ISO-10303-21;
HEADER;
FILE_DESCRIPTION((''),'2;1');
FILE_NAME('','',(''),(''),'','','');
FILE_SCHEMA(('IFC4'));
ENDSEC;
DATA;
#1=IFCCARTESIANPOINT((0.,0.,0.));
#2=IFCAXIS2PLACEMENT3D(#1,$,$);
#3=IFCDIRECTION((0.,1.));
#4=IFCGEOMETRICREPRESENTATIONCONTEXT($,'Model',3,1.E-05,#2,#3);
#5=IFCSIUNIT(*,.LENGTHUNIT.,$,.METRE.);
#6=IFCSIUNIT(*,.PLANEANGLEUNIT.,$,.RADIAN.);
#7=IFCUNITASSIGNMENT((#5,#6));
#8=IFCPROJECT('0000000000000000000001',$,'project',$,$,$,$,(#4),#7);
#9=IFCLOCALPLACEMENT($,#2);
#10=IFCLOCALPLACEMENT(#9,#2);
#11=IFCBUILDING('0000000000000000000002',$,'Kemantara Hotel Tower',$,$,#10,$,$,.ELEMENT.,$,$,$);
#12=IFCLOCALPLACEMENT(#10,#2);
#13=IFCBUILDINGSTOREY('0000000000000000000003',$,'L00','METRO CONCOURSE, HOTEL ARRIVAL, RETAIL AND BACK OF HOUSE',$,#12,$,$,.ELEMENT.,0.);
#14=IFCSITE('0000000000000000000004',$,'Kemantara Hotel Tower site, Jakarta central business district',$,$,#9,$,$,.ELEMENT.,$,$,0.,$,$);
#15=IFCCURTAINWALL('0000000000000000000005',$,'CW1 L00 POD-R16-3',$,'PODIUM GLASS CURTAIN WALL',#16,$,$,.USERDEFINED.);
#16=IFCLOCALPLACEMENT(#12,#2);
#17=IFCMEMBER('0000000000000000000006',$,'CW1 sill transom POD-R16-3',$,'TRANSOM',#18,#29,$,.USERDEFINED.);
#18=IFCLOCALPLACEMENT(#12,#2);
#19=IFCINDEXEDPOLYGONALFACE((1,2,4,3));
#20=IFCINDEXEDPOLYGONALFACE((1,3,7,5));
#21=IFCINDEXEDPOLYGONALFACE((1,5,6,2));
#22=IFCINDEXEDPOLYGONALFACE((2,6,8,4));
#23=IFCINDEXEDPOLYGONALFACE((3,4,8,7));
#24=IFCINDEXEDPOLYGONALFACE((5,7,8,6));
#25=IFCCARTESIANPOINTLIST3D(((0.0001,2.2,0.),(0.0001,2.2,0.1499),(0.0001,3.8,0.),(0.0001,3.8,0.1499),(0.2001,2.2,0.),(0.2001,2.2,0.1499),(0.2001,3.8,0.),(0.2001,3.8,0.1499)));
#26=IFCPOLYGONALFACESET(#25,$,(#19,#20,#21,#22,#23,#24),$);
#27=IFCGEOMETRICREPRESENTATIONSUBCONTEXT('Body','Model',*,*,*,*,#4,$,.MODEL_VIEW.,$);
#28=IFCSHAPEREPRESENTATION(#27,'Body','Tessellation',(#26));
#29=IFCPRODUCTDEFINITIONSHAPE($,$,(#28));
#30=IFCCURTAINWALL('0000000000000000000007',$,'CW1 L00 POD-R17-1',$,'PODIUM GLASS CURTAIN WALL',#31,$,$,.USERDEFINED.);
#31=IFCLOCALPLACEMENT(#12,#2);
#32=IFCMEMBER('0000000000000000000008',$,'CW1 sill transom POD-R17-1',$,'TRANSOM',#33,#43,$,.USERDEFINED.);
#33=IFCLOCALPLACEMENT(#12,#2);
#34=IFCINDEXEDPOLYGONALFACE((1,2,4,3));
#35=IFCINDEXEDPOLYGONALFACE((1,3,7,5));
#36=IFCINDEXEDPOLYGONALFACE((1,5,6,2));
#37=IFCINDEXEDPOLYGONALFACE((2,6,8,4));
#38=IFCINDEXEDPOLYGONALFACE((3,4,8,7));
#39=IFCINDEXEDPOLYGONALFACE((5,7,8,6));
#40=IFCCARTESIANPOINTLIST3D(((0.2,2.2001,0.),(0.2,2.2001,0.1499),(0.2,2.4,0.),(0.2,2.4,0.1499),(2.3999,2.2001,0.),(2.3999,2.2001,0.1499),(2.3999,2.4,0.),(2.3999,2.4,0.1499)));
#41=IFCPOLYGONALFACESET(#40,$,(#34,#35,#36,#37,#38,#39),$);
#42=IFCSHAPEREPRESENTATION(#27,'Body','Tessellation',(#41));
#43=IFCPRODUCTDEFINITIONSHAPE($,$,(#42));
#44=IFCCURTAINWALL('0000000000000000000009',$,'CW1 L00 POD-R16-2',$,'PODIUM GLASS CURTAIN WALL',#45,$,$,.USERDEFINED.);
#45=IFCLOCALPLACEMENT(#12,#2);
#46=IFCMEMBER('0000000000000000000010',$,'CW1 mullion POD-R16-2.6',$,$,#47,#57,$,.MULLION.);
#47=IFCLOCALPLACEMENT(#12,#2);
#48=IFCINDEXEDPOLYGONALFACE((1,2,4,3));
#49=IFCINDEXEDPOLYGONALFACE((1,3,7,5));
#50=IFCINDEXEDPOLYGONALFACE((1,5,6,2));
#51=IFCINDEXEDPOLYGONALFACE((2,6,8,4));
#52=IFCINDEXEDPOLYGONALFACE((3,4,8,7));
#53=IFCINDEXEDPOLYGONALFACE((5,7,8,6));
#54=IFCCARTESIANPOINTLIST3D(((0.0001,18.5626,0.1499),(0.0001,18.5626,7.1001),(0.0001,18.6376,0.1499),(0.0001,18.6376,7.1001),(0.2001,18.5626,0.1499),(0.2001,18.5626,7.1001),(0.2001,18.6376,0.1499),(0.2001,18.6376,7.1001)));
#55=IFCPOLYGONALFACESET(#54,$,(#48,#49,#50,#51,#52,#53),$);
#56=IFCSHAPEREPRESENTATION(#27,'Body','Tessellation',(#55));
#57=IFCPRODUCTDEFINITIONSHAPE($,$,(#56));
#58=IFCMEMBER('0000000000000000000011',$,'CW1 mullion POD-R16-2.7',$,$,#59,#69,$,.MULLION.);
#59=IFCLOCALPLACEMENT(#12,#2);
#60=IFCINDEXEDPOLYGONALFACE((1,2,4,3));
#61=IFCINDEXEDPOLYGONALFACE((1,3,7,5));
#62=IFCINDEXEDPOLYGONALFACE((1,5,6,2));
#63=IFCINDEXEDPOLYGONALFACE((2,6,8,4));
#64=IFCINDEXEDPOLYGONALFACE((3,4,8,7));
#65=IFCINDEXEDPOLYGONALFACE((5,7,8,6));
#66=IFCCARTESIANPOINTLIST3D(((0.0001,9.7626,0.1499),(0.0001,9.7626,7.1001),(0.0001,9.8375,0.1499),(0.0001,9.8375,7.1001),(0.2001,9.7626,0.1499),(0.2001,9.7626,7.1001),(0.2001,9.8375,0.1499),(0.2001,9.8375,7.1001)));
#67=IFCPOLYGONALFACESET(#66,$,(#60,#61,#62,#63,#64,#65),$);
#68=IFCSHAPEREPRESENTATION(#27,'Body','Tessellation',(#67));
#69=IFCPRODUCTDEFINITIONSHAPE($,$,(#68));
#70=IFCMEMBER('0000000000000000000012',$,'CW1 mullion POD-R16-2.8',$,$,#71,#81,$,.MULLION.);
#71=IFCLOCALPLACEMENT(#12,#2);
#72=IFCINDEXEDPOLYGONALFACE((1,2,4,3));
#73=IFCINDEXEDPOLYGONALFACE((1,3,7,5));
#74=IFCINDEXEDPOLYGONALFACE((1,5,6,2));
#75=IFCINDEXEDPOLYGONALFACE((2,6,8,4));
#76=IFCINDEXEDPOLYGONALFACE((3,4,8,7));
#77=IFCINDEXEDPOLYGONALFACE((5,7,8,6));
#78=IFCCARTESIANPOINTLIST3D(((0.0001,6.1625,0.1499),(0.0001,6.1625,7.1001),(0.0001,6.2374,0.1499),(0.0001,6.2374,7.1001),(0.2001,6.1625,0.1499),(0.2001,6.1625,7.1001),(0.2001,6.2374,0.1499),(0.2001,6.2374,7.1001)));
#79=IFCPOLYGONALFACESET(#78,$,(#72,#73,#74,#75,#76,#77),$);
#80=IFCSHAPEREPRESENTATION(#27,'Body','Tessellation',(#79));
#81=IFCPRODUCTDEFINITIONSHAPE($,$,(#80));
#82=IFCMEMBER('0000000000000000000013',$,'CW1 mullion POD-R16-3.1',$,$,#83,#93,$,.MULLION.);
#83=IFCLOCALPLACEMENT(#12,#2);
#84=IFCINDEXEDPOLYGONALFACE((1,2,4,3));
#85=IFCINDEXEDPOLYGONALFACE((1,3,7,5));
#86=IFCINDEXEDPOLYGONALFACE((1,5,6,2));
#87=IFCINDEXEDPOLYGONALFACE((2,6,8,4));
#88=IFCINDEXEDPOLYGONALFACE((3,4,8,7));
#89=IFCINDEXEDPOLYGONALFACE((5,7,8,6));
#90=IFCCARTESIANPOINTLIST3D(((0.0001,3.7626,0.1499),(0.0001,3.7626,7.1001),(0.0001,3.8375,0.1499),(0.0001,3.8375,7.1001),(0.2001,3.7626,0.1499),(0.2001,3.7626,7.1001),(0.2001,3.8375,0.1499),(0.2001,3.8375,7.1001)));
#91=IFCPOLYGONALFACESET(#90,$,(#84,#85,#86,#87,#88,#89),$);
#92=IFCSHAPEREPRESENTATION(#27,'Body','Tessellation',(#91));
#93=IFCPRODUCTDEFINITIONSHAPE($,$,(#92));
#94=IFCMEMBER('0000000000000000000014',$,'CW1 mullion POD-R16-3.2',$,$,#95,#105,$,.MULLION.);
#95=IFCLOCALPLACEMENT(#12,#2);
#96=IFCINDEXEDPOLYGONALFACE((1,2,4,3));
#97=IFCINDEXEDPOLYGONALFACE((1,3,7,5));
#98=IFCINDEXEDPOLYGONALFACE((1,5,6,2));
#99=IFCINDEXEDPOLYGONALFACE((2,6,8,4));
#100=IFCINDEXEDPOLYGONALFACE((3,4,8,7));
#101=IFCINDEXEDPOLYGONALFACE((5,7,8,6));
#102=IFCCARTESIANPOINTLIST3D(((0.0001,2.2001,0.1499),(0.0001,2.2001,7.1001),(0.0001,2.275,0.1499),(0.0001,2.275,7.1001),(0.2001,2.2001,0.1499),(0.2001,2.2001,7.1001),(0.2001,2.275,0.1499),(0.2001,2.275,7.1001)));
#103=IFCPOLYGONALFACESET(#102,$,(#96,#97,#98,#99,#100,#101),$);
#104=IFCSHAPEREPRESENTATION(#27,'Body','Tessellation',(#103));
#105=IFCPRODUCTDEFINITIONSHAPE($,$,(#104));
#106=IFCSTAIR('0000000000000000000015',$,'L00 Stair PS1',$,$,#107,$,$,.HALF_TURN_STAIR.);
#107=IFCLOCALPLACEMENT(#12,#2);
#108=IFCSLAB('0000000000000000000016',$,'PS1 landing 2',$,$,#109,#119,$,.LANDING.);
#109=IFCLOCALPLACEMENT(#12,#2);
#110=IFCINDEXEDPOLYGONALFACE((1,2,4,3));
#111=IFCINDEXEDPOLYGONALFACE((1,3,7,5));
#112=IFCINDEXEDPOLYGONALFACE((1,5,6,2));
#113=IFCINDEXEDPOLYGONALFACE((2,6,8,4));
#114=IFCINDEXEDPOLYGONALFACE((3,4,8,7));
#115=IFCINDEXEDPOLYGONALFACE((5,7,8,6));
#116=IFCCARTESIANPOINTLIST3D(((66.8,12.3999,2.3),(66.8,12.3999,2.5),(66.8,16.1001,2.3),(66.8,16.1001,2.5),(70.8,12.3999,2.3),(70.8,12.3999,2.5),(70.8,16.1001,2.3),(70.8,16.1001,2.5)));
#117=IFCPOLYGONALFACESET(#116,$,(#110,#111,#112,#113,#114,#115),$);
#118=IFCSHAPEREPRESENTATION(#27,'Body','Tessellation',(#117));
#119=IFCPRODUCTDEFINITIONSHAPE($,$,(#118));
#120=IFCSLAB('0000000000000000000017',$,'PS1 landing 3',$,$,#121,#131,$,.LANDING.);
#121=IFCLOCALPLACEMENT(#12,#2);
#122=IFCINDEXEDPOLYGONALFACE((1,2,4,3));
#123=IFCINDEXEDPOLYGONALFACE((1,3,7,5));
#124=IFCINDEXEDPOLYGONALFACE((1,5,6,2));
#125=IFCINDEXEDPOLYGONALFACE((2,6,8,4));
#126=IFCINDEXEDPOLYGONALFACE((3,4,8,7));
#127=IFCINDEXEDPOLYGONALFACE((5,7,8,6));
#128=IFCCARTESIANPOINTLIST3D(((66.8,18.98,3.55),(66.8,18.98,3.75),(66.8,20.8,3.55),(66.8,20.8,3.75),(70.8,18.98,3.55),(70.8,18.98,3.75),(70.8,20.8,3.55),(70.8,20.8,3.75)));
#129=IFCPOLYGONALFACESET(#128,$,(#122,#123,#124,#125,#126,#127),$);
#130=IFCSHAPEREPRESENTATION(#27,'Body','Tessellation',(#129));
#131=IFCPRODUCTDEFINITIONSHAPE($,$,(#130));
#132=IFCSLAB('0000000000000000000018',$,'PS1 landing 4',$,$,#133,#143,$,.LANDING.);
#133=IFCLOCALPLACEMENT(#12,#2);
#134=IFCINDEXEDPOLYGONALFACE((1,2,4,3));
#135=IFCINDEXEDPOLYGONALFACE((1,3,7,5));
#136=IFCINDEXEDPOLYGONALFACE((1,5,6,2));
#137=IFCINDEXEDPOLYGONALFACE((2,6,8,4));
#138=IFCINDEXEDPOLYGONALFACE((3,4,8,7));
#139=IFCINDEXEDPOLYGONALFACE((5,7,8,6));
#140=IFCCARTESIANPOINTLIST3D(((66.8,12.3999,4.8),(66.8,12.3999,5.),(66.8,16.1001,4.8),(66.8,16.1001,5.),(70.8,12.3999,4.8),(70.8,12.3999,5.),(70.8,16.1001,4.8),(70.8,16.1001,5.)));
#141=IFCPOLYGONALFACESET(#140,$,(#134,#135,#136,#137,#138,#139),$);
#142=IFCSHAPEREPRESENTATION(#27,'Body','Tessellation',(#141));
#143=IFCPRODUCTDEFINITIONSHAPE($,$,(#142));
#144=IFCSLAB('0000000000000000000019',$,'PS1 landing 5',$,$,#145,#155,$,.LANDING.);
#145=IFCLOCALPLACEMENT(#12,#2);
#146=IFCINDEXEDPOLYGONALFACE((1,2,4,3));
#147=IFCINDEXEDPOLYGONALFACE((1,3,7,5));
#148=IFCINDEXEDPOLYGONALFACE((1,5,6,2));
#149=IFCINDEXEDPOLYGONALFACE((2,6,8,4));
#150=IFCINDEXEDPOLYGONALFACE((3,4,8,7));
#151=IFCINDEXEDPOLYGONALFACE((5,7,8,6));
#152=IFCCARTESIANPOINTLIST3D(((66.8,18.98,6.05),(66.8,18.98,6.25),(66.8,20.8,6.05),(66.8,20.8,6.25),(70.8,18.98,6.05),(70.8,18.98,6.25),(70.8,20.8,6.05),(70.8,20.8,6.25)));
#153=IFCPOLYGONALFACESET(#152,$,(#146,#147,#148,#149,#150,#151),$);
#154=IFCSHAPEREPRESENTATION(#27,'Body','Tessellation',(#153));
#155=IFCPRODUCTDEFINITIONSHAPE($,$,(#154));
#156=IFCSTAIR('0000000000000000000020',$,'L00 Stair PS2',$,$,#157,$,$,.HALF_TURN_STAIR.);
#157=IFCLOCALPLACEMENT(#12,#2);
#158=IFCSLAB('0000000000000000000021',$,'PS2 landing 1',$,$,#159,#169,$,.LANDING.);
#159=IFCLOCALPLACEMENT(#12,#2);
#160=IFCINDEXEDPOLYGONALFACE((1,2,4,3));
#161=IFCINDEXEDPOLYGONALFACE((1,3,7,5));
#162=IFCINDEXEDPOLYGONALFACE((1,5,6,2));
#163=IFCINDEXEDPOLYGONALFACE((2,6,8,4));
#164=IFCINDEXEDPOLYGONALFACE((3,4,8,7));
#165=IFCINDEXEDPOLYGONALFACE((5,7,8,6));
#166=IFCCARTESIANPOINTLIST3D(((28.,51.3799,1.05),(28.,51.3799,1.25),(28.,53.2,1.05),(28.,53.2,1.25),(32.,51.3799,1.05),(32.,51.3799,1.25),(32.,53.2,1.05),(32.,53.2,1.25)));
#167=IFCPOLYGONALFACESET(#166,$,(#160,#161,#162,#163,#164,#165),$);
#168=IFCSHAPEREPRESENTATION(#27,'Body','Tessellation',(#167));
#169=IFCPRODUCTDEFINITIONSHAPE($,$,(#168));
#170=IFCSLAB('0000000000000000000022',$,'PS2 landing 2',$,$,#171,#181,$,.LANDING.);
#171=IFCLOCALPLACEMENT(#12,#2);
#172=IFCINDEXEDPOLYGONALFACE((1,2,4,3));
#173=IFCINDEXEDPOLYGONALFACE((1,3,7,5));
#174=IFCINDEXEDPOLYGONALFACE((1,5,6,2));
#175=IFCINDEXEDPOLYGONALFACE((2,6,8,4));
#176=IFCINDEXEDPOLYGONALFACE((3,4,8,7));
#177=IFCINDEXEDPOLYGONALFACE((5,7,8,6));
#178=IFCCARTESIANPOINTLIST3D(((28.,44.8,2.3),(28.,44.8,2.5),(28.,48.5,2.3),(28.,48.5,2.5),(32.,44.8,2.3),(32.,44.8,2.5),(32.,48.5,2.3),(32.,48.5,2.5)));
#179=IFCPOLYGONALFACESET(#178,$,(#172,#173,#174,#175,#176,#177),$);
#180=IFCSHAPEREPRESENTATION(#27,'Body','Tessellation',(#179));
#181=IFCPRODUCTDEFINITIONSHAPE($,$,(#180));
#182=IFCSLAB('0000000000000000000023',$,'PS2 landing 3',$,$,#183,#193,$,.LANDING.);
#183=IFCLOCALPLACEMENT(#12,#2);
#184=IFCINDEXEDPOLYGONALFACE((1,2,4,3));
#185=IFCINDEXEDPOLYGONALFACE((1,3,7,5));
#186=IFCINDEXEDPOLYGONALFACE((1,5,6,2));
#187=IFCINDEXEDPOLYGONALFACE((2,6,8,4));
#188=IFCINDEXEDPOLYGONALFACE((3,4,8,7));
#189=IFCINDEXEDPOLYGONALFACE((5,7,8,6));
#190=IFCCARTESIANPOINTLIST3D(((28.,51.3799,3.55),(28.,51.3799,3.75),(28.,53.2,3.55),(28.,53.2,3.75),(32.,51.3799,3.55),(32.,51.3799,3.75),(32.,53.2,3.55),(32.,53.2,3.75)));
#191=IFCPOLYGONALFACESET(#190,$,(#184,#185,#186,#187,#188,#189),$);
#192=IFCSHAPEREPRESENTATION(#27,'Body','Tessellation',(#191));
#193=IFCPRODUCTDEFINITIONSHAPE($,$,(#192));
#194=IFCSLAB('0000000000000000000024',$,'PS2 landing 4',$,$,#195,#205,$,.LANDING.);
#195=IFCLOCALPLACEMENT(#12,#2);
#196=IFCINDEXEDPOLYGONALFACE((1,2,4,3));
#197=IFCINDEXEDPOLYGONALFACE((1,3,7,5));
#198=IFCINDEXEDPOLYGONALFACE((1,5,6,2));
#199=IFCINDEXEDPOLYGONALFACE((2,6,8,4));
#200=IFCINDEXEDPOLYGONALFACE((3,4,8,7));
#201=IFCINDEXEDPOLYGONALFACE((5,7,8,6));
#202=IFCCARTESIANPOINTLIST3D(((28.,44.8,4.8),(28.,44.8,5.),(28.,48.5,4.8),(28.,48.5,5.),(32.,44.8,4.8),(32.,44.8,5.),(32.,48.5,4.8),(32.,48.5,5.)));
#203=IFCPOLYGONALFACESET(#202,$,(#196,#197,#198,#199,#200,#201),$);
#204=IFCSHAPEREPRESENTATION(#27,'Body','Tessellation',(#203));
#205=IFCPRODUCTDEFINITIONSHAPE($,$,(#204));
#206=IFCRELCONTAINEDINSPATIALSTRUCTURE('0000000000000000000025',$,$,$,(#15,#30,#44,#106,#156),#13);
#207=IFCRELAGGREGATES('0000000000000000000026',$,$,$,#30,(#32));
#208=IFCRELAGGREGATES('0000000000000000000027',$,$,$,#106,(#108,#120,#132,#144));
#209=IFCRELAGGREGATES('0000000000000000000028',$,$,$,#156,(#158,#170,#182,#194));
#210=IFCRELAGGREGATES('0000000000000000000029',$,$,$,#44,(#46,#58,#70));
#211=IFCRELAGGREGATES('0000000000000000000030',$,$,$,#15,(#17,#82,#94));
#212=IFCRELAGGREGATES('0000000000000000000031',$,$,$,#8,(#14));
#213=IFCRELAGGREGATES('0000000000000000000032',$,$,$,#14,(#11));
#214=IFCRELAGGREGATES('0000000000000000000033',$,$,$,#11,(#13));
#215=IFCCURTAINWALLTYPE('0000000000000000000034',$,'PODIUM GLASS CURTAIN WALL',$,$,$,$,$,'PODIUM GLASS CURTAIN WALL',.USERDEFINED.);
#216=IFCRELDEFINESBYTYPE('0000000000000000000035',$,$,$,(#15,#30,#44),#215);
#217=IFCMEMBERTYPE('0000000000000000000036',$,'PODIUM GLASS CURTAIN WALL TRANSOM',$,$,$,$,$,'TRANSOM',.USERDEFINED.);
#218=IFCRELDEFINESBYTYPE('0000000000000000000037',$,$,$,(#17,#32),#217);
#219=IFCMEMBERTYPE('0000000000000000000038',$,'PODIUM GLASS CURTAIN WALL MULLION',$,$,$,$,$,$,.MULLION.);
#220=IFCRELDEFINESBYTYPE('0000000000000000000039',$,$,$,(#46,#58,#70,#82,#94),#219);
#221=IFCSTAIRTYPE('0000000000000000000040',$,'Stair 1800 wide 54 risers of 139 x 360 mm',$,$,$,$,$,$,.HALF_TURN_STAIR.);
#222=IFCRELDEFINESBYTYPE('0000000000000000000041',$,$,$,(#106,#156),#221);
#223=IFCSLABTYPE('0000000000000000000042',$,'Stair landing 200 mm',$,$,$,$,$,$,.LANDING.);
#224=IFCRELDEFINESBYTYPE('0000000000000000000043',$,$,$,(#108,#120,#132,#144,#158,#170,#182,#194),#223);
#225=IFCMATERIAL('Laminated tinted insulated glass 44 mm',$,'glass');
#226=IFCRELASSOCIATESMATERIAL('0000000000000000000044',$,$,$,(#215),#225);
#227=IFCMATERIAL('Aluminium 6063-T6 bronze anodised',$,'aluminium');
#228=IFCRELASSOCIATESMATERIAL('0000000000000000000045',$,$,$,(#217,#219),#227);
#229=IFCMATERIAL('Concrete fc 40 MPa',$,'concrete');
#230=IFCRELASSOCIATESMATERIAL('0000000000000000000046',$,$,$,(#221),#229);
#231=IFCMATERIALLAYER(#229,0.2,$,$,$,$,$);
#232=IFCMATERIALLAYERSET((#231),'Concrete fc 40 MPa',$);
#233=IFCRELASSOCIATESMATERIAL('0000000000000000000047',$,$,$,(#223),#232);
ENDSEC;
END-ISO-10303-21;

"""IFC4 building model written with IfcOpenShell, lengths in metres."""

from ifc_helpers import new_model, si_unit, direction, frame, origin, origin_2d, place, context, subcontext, project, spatial, polyline, rectangle, outline, extrude, source, transform, mapped, material, layer, layer_set, material_profile, profile_set, type_object, element, aggregate, save


model = new_model("IFC4")

# Units and contexts
model_context = context("Model", 3, precision=1e-05, world=origin(), true_north=direction((0.0, 1.0)))
body_context = subcontext(model_context, "Body", "Model", "MODEL_VIEW")
ifc_project = project(units=[si_unit("LENGTHUNIT", "METRE"), si_unit("PLANEANGLEUNIT", "RADIAN")], contexts=[model_context])

# Site, building, storey
site_placement = place(None, origin())
site = spatial("IfcSite", under=ifc_project, at=site_placement, Name="Kemantara Hotel Tower site, Jakarta central business district", CompositionType="ELEMENT", RefElevation=0.0)
building_placement = place(site_placement, origin())
building = spatial("IfcBuilding", under=site, at=building_placement, Name="Kemantara Hotel Tower", CompositionType="ELEMENT")
storey_placement = place(building_placement, origin())
storey = spatial("IfcBuildingStorey", under=building, at=storey_placement, Name="L00", Description="METRO CONCOURSE, HOTEL ARRIVAL, RETAIL AND BACK OF HOUSE", CompositionType="ELEMENT", Elevation=0.0)

# Curtain walls, members
ifc_material_1 = material(Name="Laminated tinted insulated glass 44 mm", Category="glass")
curtain_wall_type = type_object("IfcCurtainWallType", Name="PODIUM GLASS CURTAIN WALL", ElementType="PODIUM GLASS CURTAIN WALL", PredefinedType="USERDEFINED", material=ifc_material_1)
curtain_wall_1_placement = place(storey_placement, origin())
curtain_wall_1 = element("IfcCurtainWall", 1, at=curtain_wall_1_placement, inside=storey, type_object=curtain_wall_type, Name="CW1 L00 POD-R16-3", ObjectType="PODIUM GLASS CURTAIN WALL", PredefinedType="USERDEFINED")
ifc_material_2 = material(Name="Aluminium 6063-T6 bronze anodised", Category="aluminium")
ifc_material_profile_1 = material_profile(ifc_material_2, rectangle(XDim=0.2, YDim=0.1499, at=origin_2d()), Name="PODIUM GLASS CURTAIN WALL TRANSOM")
ifc_profile_set_1 = profile_set([ifc_material_profile_1], Name="Aluminium 6063-T6 bronze anodised")
member_type_1 = type_object("IfcMemberType", Name="PODIUM GLASS CURTAIN WALL TRANSOM", ElementType="TRANSOM", PredefinedType="USERDEFINED", material=ifc_profile_set_1)
member_1_placement = place(storey_placement, frame((0.1001, 3.8, 0.075), z_axis=(0.0, -1.0, 0.0), x_axis=(1.0, 0.0, 0.0)))
member_1 = element("IfcMember", 2, at=member_1_placement, type_object=member_type_1, Name="CW1 sill transom POD-R16-3", ObjectType="TRANSOM", PredefinedType="USERDEFINED", context=body_context, shape_type="SweptSolid", body=[
    extrude(rectangle(XDim=0.2, YDim=0.1499, at=origin_2d()), origin(), (0.0, 0.0, 1.0), 1.6001),
])
curtain_wall_2_placement = place(storey_placement, origin())
curtain_wall_2 = element("IfcCurtainWall", 3, at=curtain_wall_2_placement, inside=storey, type_object=curtain_wall_type, Name="CW1 L00 POD-R17-1", ObjectType="PODIUM GLASS CURTAIN WALL", PredefinedType="USERDEFINED")
member_2_placement = place(storey_placement, frame((0.2, 2.3, 0.075), z_axis=(1.0, 0.0, 0.0), x_axis=(0.0, 1.0, 0.0)))
member_2 = element("IfcMember", 4, at=member_2_placement, type_object=member_type_1, Name="CW1 sill transom POD-R17-1", ObjectType="TRANSOM", PredefinedType="USERDEFINED", context=body_context, shape_type="SweptSolid", body=[
    extrude(rectangle(XDim=0.2, YDim=0.1499, at=origin_2d()), origin(), (0.0, 0.0, 1.0), 2.2),
])
aggregate(curtain_wall_2, [member_2])

# Curtain wall, members
curtain_wall_3_placement = place(storey_placement, origin())
curtain_wall_3 = element("IfcCurtainWall", 5, at=curtain_wall_3_placement, inside=storey, type_object=curtain_wall_type, Name="CW1 L00 POD-R16-2", ObjectType="PODIUM GLASS CURTAIN WALL", PredefinedType="USERDEFINED")
ifc_material_profile_2 = material_profile(ifc_material_2, rectangle(XDim=0.2, YDim=0.075, at=origin_2d()), Name="PODIUM GLASS CURTAIN WALL MULLION")
ifc_profile_set_2 = profile_set([ifc_material_profile_2], Name="Aluminium 6063-T6 bronze anodised")
member_type_2 = type_object("IfcMemberType", Name="PODIUM GLASS CURTAIN WALL MULLION", PredefinedType="MULLION", material=ifc_profile_set_2)
shared_shape_1 = source(origin(), body_context, "Body", "SweptSolid", [
    extrude(rectangle(XDim=0.2, YDim=0.075, at=origin_2d()), origin(), (0.0, 0.0, 1.0), 6.9502),
])
member_3_placement = place(storey_placement, frame((0.1001, 18.6001, 0.1499), z_axis=(0.0, 0.0, 1.0), x_axis=(1.0, 0.0, 0.0)))
member_3 = element("IfcMember", 6, at=member_3_placement, type_object=member_type_2, Name="CW1 mullion POD-R16-2.6", PredefinedType="MULLION", context=body_context, shape_type="MappedRepresentation", body=[
    mapped(shared_shape_1, transform((0.0, 0.0, 0.0))),
])
member_4_placement = place(storey_placement, frame((0.1001, 9.8, 0.1499), z_axis=(0.0, 0.0, 1.0), x_axis=(1.0, 0.0, 0.0)))
member_4 = element("IfcMember", 7, at=member_4_placement, type_object=member_type_2, Name="CW1 mullion POD-R16-2.7", PredefinedType="MULLION", context=body_context, shape_type="MappedRepresentation", body=[
    mapped(shared_shape_1, transform((0.0, 0.0, 0.0))),
])
member_5_placement = place(storey_placement, frame((0.1001, 6.2, 0.1499), z_axis=(0.0, 0.0, 1.0), x_axis=(1.0, 0.0, 0.0)))
member_5 = element("IfcMember", 8, at=member_5_placement, type_object=member_type_2, Name="CW1 mullion POD-R16-2.8", PredefinedType="MULLION", context=body_context, shape_type="MappedRepresentation", body=[
    mapped(shared_shape_1, transform((0.0, 0.0, 0.0))),
])

# Members
member_6_placement = place(storey_placement, frame((0.1001, 3.8, 0.1499), z_axis=(0.0, 0.0, 1.0), x_axis=(1.0, 0.0, 0.0)))
member_6 = element("IfcMember", 9, at=member_6_placement, type_object=member_type_2, Name="CW1 mullion POD-R16-3.1", PredefinedType="MULLION", context=body_context, shape_type="MappedRepresentation", body=[
    mapped(shared_shape_1, transform((0.0, 0.0, 0.0))),
])
member_7_placement = place(storey_placement, frame((0.1001, 2.2375, 0.1499), z_axis=(0.0, 0.0, 1.0), x_axis=(1.0, 0.0, 0.0)))
member_7 = element("IfcMember", 10, at=member_7_placement, type_object=member_type_2, Name="CW1 mullion POD-R16-3.2", PredefinedType="MULLION", context=body_context, shape_type="MappedRepresentation", body=[
    mapped(shared_shape_1, transform((0.0, 0.0, 0.0))),
])

# Stairs, slabs
ifc_material_3 = material(Name="Concrete fc 40 MPa", Category="concrete")
stair_type_1 = type_object("IfcStairType", Name="Stair 1800 wide 54 risers of 139 x 360 mm", PredefinedType="HALF_TURN_STAIR", material=ifc_material_3)
stair_1_placement = place(storey_placement, origin())
stair_1 = element("IfcStair", 11, at=stair_1_placement, inside=storey, type_object=stair_type_1, Name="L00 Stair PS1", PredefinedType="HALF_TURN_STAIR")
ifc_layer_1 = layer(ifc_material_3, 0.2)
ifc_layer_set_1 = layer_set([ifc_layer_1], Name="Concrete fc 40 MPa")
slab_type = type_object("IfcSlabType", Name="Stair landing 200 mm", PredefinedType="LANDING", material=ifc_layer_set_1)
slab_1_placement = place(storey_placement, frame((0.0, 0.0, 2.3)))
slab_1 = element("IfcSlab", 12, at=slab_1_placement, type_object=slab_type, Name="PS1 landing 2", PredefinedType="LANDING", context=body_context, shape_type="SweptSolid", body=[
    extrude(outline(polyline([(70.8, 12.3999), (70.8, 16.1001), (66.8, 16.1001), (66.8, 12.3999), (70.8, 12.3999)])), origin(), (0.0, 0.0, 1.0), 0.2),
])
slab_2_placement = place(storey_placement, frame((0.0, 0.0, 3.55)))
slab_2 = element("IfcSlab", 13, at=slab_2_placement, type_object=slab_type, Name="PS1 landing 3", PredefinedType="LANDING", context=body_context, shape_type="SweptSolid", body=[
    extrude(outline(polyline([(70.8, 18.98), (70.8, 20.8), (66.8, 20.8), (66.8, 18.98), (70.8, 18.98)])), origin(), (0.0, 0.0, 1.0), 0.2),
])
slab_3_placement = place(storey_placement, frame((0.0, 0.0, 4.8)))
slab_3 = element("IfcSlab", 14, at=slab_3_placement, type_object=slab_type, Name="PS1 landing 4", PredefinedType="LANDING", context=body_context, shape_type="SweptSolid", body=[
    extrude(outline(polyline([(70.8, 12.3999), (70.8, 16.1001), (66.8, 16.1001), (66.8, 12.3999), (70.8, 12.3999)])), origin(), (0.0, 0.0, 1.0), 0.2),
])
slab_4_placement = place(storey_placement, frame((0.0, 0.0, 6.05)))
slab_4 = element("IfcSlab", 15, at=slab_4_placement, type_object=slab_type, Name="PS1 landing 5", PredefinedType="LANDING", context=body_context, shape_type="SweptSolid", body=[
    extrude(outline(polyline([(70.8, 18.98), (70.8, 20.8), (66.8, 20.8), (66.8, 18.98), (70.8, 18.98)])), origin(), (0.0, 0.0, 1.0), 0.2),
])
aggregate(stair_1, [slab_1, slab_2, slab_3, slab_4])
stair_2_placement = place(storey_placement, origin())
stair_2 = element("IfcStair", 16, at=stair_2_placement, inside=storey, type_object=stair_type_1, Name="L00 Stair PS2", PredefinedType="HALF_TURN_STAIR")
slab_5_placement = place(storey_placement, frame((0.0, 0.0, 1.05)))
slab_5 = element("IfcSlab", 17, at=slab_5_placement, type_object=slab_type, Name="PS2 landing 1", PredefinedType="LANDING", context=body_context, shape_type="SweptSolid", body=[
    extrude(outline(polyline([(32.0, 51.3799), (32.0, 53.2), (28.0, 53.2), (28.0, 51.3799), (32.0, 51.3799)])), origin(), (0.0, 0.0, 1.0), 0.2),
])
slab_6_placement = place(storey_placement, frame((0.0, 0.0, 2.3)))
slab_6 = element("IfcSlab", 18, at=slab_6_placement, type_object=slab_type, Name="PS2 landing 2", PredefinedType="LANDING", context=body_context, shape_type="SweptSolid", body=[
    extrude(outline(polyline([(32.0, 44.8), (32.0, 48.5), (28.0, 48.5), (28.0, 44.8), (32.0, 44.8)])), origin(), (0.0, 0.0, 1.0), 0.2),
])
slab_7_placement = place(storey_placement, frame((0.0, 0.0, 3.55)))
slab_7 = element("IfcSlab", 19, at=slab_7_placement, type_object=slab_type, Name="PS2 landing 3", PredefinedType="LANDING", context=body_context, shape_type="SweptSolid", body=[
    extrude(outline(polyline([(32.0, 51.3799), (32.0, 53.2), (28.0, 53.2), (28.0, 51.3799), (32.0, 51.3799)])), origin(), (0.0, 0.0, 1.0), 0.2),
])
slab_8_placement = place(storey_placement, frame((0.0, 0.0, 4.8)))
slab_8 = element("IfcSlab", 20, at=slab_8_placement, type_object=slab_type, Name="PS2 landing 4", PredefinedType="LANDING", context=body_context, shape_type="SweptSolid", body=[
    extrude(outline(polyline([(32.0, 44.8), (32.0, 48.5), (28.0, 48.5), (28.0, 44.8), (32.0, 44.8)])), origin(), (0.0, 0.0, 1.0), 0.2),
])
aggregate(stair_2, [slab_5, slab_6, slab_7, slab_8])

aggregate(curtain_wall_3, [member_3, member_4, member_5])
aggregate(curtain_wall_1, [member_1, member_6, member_7])

save(model, "model.ifc")
